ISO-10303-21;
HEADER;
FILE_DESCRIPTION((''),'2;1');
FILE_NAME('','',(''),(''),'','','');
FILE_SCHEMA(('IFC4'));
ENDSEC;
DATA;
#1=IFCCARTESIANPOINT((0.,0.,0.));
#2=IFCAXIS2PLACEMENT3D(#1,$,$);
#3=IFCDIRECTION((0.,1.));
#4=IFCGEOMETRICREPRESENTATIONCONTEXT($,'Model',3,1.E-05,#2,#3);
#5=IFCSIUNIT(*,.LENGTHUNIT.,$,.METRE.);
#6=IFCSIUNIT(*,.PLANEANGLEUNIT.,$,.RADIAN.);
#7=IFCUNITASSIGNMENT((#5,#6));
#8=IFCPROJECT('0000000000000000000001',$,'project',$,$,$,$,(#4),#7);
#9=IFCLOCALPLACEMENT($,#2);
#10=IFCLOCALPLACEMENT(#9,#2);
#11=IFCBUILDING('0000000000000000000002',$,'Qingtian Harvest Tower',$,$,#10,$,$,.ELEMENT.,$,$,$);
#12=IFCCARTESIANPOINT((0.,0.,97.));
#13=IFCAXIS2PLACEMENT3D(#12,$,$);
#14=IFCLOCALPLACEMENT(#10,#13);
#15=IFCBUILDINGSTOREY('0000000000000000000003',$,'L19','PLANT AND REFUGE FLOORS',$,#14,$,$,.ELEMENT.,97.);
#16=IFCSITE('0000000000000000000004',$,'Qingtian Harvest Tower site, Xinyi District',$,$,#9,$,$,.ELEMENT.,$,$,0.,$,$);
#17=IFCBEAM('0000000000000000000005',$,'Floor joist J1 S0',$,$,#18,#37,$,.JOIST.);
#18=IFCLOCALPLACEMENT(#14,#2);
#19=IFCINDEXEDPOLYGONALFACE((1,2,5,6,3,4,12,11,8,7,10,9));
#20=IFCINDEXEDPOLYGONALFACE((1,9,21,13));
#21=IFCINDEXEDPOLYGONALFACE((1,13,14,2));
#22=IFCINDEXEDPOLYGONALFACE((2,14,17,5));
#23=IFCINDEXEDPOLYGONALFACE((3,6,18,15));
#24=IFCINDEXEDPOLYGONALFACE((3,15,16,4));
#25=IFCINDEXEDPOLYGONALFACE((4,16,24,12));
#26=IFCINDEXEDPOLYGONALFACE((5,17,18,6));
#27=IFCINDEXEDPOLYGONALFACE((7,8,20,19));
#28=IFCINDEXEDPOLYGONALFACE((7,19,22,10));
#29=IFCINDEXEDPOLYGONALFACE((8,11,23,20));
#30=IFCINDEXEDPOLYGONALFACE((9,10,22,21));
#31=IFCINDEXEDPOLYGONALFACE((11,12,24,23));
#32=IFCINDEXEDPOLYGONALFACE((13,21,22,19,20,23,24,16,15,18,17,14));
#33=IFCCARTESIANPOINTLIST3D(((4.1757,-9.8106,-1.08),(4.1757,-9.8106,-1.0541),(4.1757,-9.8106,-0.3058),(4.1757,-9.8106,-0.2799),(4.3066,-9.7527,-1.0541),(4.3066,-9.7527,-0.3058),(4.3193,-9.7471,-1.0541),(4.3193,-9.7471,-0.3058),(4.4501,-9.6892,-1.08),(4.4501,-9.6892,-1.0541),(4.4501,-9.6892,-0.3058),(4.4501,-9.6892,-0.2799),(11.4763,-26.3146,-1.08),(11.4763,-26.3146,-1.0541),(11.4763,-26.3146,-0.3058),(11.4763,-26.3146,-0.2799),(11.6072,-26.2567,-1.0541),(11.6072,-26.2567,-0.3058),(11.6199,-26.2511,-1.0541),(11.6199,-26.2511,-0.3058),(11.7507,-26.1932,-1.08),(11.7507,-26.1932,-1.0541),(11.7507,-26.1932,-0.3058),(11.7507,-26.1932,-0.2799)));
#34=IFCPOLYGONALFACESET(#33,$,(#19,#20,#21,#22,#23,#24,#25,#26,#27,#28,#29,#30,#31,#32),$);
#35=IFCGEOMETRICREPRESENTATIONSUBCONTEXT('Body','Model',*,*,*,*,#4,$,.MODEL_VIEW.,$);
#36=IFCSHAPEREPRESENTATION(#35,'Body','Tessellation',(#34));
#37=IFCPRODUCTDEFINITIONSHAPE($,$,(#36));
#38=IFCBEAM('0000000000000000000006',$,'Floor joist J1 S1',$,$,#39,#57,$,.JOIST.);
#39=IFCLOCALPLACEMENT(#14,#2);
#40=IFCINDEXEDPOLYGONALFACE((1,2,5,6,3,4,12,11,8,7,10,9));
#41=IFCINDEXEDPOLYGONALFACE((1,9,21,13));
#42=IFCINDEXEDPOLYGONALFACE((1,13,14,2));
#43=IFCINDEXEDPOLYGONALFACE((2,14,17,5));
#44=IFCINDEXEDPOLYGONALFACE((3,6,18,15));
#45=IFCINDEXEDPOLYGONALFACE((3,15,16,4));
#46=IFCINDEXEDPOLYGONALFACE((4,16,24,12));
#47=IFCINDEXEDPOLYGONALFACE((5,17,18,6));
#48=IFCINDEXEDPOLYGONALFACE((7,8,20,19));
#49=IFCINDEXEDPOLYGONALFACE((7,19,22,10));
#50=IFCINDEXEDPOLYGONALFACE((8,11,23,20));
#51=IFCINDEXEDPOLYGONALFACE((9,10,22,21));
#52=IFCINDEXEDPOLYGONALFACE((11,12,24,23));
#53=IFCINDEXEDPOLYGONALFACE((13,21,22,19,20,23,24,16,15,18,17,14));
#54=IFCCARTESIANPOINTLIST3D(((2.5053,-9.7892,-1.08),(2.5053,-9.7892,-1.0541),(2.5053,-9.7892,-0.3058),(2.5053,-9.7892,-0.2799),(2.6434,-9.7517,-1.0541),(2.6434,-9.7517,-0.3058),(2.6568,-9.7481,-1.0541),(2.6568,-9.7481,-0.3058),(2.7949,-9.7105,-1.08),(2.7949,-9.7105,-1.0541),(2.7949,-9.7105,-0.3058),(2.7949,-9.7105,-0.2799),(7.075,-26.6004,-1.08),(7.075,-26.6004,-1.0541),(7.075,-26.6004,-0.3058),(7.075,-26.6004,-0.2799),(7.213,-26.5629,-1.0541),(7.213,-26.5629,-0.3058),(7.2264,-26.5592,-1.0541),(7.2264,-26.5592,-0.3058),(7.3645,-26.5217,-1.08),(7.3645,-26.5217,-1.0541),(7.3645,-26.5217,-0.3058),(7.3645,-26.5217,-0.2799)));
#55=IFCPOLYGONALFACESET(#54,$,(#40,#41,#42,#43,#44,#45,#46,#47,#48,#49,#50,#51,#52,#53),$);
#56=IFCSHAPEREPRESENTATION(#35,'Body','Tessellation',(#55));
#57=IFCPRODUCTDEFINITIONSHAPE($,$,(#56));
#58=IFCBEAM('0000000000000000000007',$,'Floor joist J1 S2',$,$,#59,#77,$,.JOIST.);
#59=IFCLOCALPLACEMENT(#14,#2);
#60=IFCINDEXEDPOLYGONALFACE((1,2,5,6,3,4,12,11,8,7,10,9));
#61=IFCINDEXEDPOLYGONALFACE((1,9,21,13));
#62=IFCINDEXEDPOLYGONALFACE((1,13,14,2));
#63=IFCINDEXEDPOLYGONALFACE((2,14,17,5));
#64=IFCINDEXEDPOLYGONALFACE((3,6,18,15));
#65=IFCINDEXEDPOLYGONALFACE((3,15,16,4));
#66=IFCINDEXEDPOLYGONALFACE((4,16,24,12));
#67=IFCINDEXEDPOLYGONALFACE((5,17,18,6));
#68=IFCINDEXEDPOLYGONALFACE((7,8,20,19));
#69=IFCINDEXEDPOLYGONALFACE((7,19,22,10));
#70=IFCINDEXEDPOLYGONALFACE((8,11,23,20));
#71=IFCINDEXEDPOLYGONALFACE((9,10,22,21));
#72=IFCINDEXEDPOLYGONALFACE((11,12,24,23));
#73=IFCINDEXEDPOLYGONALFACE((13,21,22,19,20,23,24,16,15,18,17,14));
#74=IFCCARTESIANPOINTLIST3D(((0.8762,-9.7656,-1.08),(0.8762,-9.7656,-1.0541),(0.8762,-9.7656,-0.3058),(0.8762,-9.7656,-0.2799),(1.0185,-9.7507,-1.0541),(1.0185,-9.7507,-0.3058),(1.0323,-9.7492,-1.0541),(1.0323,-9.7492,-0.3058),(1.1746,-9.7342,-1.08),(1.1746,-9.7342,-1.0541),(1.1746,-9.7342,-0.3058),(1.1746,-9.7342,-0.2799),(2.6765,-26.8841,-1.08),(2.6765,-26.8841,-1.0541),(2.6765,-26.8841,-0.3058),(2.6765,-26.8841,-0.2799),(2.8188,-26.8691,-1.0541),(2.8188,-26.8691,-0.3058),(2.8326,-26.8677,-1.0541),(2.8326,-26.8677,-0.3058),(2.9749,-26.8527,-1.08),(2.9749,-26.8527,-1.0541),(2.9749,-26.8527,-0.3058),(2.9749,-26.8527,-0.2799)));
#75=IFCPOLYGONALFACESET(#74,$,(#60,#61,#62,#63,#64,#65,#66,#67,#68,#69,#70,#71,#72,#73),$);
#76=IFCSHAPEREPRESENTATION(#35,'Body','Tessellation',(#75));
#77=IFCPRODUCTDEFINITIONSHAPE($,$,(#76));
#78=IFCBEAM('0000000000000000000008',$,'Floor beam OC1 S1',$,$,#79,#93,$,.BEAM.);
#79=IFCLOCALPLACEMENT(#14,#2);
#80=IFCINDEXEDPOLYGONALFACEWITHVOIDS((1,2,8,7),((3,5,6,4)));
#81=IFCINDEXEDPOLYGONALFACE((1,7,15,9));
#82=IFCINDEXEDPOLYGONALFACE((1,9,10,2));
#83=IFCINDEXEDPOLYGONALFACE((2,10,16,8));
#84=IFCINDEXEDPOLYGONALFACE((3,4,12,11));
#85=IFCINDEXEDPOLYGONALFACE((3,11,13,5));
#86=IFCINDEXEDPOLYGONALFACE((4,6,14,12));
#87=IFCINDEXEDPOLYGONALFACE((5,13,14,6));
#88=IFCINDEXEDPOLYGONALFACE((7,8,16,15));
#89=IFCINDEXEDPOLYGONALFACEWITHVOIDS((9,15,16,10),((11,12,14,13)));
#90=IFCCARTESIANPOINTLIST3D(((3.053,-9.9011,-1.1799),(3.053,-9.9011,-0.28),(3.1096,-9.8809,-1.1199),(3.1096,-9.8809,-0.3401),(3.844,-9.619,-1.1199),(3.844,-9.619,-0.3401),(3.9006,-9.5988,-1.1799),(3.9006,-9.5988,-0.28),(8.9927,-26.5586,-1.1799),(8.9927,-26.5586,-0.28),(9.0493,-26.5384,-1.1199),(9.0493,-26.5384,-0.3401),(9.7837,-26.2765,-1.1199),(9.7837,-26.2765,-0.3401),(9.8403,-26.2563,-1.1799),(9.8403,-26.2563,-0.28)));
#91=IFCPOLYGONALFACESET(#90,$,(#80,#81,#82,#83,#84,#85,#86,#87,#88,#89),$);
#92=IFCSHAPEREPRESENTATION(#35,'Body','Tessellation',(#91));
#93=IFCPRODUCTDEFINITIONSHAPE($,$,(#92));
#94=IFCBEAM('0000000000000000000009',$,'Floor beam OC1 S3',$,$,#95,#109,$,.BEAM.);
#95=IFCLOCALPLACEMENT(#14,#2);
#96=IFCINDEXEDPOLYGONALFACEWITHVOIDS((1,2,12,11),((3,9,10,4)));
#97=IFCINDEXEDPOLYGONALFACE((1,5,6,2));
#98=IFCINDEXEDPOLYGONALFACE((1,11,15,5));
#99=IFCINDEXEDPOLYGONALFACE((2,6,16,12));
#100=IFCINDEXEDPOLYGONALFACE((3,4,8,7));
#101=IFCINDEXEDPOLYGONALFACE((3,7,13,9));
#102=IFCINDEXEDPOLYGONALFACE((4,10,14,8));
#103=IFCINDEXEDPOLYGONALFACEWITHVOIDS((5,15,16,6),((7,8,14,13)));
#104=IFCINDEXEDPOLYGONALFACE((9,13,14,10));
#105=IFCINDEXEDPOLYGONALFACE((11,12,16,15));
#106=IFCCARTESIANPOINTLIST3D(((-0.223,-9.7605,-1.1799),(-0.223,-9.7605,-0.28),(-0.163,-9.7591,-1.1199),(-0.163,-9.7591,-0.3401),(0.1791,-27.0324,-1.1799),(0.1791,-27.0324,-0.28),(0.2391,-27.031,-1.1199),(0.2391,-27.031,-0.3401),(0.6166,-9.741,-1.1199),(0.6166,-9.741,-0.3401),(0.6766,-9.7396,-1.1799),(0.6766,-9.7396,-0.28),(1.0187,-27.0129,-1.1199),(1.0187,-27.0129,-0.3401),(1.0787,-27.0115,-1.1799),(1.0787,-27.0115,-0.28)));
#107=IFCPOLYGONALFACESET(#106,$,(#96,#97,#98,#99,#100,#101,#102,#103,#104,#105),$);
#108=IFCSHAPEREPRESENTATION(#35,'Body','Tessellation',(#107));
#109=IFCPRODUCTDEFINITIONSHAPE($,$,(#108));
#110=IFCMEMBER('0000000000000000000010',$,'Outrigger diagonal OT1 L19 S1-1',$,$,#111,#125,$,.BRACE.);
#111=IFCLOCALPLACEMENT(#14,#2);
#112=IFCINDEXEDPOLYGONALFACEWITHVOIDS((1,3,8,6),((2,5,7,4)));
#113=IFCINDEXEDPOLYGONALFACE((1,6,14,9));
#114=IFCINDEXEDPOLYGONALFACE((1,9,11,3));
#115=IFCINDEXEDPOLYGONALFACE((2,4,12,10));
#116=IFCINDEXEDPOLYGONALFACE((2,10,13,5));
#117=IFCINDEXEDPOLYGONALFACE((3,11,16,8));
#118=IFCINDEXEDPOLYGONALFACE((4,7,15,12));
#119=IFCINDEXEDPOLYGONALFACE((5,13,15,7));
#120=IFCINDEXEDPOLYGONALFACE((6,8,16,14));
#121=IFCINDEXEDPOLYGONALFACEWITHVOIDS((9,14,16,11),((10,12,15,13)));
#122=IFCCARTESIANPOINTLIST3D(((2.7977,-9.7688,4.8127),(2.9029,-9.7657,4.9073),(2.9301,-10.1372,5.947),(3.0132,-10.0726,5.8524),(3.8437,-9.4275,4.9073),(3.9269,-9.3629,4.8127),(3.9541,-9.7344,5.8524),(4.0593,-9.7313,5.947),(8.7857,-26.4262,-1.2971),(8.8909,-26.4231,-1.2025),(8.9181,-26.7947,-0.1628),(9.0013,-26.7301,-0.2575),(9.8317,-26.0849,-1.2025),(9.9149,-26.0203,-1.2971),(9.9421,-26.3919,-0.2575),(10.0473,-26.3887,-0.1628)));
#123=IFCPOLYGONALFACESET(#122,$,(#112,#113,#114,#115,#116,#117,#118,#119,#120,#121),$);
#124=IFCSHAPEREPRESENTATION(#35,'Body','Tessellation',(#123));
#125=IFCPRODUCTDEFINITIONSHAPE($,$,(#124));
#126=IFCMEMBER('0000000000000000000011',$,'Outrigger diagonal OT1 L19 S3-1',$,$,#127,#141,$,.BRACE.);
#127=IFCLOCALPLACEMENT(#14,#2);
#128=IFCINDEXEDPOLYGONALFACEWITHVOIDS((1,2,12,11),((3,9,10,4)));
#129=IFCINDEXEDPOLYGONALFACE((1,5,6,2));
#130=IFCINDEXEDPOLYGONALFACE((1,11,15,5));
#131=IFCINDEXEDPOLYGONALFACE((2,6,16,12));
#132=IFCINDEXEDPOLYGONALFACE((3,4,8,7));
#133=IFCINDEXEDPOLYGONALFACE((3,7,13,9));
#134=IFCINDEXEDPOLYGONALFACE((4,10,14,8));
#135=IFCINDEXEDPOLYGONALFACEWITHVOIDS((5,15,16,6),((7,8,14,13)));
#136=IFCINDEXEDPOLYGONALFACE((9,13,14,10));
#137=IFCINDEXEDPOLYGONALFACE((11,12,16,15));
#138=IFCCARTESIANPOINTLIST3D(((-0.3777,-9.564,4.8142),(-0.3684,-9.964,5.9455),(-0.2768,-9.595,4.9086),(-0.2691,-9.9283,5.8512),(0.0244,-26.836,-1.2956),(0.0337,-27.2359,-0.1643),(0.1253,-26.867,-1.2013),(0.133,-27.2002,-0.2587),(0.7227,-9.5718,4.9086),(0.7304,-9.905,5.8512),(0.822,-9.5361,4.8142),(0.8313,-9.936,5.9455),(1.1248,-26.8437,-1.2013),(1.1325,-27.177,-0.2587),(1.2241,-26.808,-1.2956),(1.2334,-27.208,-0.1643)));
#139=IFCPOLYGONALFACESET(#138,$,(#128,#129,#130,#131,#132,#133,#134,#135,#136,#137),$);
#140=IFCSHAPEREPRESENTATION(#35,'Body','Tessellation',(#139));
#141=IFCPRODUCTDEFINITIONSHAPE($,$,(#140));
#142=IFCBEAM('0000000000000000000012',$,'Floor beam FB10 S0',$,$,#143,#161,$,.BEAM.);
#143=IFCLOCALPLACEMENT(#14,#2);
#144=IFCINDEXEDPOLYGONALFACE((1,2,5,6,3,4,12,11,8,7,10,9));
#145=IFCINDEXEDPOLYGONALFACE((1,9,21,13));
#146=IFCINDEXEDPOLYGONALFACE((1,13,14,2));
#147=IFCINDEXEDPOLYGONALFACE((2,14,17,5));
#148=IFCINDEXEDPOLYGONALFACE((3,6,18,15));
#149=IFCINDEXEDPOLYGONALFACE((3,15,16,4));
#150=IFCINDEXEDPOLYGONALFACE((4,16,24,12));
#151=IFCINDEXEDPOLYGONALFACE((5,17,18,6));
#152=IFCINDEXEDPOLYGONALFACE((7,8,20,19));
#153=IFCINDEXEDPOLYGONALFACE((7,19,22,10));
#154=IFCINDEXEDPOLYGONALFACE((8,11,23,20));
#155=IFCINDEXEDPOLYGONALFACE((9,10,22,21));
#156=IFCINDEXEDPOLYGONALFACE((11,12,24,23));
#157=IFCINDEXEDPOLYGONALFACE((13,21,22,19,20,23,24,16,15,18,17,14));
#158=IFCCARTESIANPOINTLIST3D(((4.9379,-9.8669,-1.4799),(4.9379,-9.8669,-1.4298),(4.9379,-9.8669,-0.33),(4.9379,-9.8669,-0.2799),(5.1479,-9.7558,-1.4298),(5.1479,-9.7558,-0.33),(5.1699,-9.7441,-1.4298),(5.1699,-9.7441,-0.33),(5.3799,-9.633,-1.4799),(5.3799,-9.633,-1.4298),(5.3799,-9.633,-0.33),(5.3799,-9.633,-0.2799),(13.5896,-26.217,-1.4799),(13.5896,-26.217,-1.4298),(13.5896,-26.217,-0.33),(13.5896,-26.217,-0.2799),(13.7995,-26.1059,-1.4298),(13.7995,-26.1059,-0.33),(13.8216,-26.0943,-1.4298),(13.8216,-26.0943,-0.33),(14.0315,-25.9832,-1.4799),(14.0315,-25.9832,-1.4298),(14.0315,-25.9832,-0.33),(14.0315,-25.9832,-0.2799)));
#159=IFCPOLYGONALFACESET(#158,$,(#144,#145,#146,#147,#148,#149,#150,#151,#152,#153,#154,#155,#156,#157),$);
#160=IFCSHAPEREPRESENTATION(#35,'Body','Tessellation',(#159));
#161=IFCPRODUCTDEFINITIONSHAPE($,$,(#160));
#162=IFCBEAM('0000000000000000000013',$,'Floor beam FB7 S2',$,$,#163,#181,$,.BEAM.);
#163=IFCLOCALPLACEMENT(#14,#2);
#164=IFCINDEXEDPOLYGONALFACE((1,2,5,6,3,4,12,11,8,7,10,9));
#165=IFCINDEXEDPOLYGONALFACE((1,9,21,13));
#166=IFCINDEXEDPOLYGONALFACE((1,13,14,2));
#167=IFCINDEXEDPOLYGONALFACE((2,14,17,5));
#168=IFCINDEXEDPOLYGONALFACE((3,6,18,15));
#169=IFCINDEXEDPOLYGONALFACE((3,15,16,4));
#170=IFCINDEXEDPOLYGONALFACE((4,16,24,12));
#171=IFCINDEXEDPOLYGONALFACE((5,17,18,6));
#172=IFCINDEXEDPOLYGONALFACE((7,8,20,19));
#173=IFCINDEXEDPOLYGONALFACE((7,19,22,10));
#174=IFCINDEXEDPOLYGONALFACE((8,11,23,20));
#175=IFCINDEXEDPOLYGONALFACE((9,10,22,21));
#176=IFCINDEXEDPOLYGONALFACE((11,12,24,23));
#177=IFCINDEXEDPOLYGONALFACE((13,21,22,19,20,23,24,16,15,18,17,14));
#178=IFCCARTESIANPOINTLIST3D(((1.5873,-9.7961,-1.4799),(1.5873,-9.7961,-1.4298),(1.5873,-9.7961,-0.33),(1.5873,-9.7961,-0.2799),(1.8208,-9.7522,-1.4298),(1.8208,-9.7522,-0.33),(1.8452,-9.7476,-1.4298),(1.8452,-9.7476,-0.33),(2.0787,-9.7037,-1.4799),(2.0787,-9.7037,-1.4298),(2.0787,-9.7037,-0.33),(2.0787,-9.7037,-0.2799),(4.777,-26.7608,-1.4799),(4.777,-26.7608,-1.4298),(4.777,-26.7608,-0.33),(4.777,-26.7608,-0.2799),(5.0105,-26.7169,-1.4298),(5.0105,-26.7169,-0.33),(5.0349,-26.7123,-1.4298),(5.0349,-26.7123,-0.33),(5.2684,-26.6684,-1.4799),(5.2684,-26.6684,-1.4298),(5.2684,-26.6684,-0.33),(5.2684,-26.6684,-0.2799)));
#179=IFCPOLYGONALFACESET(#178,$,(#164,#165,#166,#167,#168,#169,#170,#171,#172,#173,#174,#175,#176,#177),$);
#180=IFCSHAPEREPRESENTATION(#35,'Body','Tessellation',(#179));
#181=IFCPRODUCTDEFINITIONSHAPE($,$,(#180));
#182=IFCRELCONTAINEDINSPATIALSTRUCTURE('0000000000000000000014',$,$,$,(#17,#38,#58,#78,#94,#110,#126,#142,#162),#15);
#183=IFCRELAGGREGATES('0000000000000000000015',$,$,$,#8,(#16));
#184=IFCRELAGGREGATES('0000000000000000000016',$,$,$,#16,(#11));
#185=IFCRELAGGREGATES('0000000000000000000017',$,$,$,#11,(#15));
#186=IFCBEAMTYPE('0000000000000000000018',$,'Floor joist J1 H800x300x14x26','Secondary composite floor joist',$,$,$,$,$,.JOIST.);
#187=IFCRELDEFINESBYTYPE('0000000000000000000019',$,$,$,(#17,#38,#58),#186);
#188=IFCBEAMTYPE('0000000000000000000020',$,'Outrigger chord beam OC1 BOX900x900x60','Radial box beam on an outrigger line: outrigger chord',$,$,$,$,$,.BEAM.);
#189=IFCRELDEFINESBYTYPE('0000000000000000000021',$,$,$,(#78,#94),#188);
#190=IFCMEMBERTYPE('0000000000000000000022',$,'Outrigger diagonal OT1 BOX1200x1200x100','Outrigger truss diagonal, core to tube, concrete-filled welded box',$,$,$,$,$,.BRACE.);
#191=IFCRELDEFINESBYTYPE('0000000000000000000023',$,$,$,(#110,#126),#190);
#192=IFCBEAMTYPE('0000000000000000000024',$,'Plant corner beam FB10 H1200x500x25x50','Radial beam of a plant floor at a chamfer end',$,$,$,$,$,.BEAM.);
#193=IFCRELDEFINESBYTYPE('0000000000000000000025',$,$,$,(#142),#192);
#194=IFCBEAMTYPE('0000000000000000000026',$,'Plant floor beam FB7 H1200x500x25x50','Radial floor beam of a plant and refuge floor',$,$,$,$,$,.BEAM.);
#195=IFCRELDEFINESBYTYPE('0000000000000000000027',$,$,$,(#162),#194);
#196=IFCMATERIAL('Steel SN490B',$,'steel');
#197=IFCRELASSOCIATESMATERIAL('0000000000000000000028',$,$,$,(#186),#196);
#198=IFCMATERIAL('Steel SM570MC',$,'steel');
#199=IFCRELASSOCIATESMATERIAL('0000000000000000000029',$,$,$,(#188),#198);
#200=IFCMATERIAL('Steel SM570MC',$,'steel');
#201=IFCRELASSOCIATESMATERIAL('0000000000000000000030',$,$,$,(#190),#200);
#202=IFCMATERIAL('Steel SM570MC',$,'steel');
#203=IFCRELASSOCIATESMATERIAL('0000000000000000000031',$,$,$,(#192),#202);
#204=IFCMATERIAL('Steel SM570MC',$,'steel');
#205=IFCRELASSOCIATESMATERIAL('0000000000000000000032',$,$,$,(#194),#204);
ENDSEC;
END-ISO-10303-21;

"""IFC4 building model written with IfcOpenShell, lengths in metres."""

from ifc_helpers import new_model, si_unit, direction, frame, origin, origin_2d, place, context, subcontext, project, spatial, hollow_rectangle, i_section, extrude, material, material_profile, profile_set, type_object, element, save


model = new_model("IFC4")

# Units and contexts
model_context = context("Model", 3, precision=1e-05, world=origin(), true_north=direction((0.0, 1.0)))
body_context = subcontext(model_context, "Body", "Model", "MODEL_VIEW")
ifc_project = project(units=[si_unit("LENGTHUNIT", "METRE"), si_unit("PLANEANGLEUNIT", "RADIAN")], contexts=[model_context])

# Site, building, storey
site_placement = place(None, origin())
site = spatial("IfcSite", under=ifc_project, at=site_placement, Name="Qingtian Harvest Tower site, Xinyi District", CompositionType="ELEMENT", RefElevation=0.0)
building_placement = place(site_placement, origin())
building = spatial("IfcBuilding", under=site, at=building_placement, Name="Qingtian Harvest Tower", CompositionType="ELEMENT")
storey_placement = place(building_placement, frame((0.0, 0.0, 97.0)))
storey = spatial("IfcBuildingStorey", under=building, at=storey_placement, Name="L19", Description="PLANT AND REFUGE FLOORS", CompositionType="ELEMENT", Elevation=97.0)

# Beams
ifc_material_1 = material(Name="Steel SN490B", Category="steel")
ifc_material_profile_1 = material_profile(ifc_material_1, i_section(OverallWidth=0.3, OverallDepth=0.8, WebThickness=0.0139, FlangeThickness=0.0259, at=origin_2d()), Name="H800x300x14x26")
ifc_profile_set_1 = profile_set([ifc_material_profile_1], Name="Steel SN490B")
beam_type_1 = type_object("IfcBeamType", Name="Floor joist J1 H800x300x14x26", Description="Secondary composite floor joist", PredefinedType="JOIST", material=ifc_profile_set_1)
beam_1_placement = place(storey_placement, frame((11.6135, -26.2539, -0.6799), z_axis=(-0.40454, 0.91452, 0.0), x_axis=(-0.91452, -0.40454, 0.0)))
element("IfcBeam", 1, at=beam_1_placement, inside=storey, type_object=beam_type_1, Name="Floor joist J1 S0", PredefinedType="JOIST", context=body_context, shape_type="SweptSolid", body=[
    extrude(i_section(OverallWidth=0.3, OverallDepth=0.8, WebThickness=0.0139, FlangeThickness=0.0259, at=origin_2d()), origin(), (0.0, 0.0, 1.0), 18.0466),
])
beam_2_placement = place(storey_placement, frame((7.2197, -26.561, -0.6799), z_axis=(-0.262303, 0.964986, 0.0), x_axis=(-0.964986, -0.262303, 0.0)))
element("IfcBeam", 2, at=beam_2_placement, inside=storey, type_object=beam_type_1, Name="Floor joist J1 S1", PredefinedType="JOIST", context=body_context, shape_type="SweptSolid", body=[
    extrude(i_section(OverallWidth=0.3, OverallDepth=0.8, WebThickness=0.0139, FlangeThickness=0.0259, at=origin_2d()), origin(), (0.0, 0.0, 1.0), 17.4211),
])
beam_3_placement = place(storey_placement, frame((2.8257, -26.8684, -0.6799), z_axis=(-0.10459, 0.994515, 0.0), x_axis=(-0.994515, -0.10459, 0.0)))
element("IfcBeam", 3, at=beam_3_placement, inside=storey, type_object=beam_type_1, Name="Floor joist J1 S2", PredefinedType="JOIST", context=body_context, shape_type="SweptSolid", body=[
    extrude(i_section(OverallWidth=0.3, OverallDepth=0.8, WebThickness=0.0139, FlangeThickness=0.0259, at=origin_2d()), origin(), (0.0, 0.0, 1.0), 17.2129),
])
ifc_material_2 = material(Name="Steel SM570MC", Category="steel")
ifc_material_profile_2 = material_profile(ifc_material_2, hollow_rectangle(XDim=0.8999, YDim=0.8999, WallThickness=0.0601, at=origin_2d()), Name="BOX900x900x60")
ifc_profile_set_2 = profile_set([ifc_material_profile_2], Name="Steel SM570MC")
beam_type_2 = type_object("IfcBeamType", Name="Outrigger chord beam OC1 BOX900x900x60", Description="Radial box beam on an outrigger line: outrigger chord", PredefinedType="BEAM", material=ifc_profile_set_2)
beam_4_placement = place(storey_placement, frame((9.4165, -26.4075, -0.73), z_axis=(-0.335865, 0.94191, 0.0), x_axis=(-0.94191, -0.335865, 0.0)))
element("IfcBeam", 4, at=beam_4_placement, inside=storey, type_object=beam_type_2, Name="Floor beam OC1 S1", PredefinedType="BEAM", context=body_context, shape_type="SweptSolid", body=[
    extrude(hollow_rectangle(XDim=0.8999, YDim=0.8999, WallThickness=0.0601, at=origin_2d()), origin(), (0.0, 0.0, 1.0), 17.6848),
])
beam_5_placement = place(storey_placement, frame((0.6289, -27.022, -0.73), z_axis=(-0.023274, 0.999729, 0.0), x_axis=(-0.999729, -0.023274, 0.0)))
element("IfcBeam", 5, at=beam_5_placement, inside=storey, type_object=beam_type_2, Name="Floor beam OC1 S3", PredefinedType="BEAM", context=body_context, shape_type="SweptSolid", body=[
    extrude(hollow_rectangle(XDim=0.8999, YDim=0.8999, WallThickness=0.0601, at=origin_2d()), origin(), (0.0, 0.0, 1.0), 17.2766),
])

# Members
ifc_material_3 = material(Name="Steel SM570MC", Category="steel")
ifc_material_profile_3 = material_profile(ifc_material_3, hollow_rectangle(XDim=1.2, YDim=1.2, WallThickness=0.1001, at=origin_2d()), Name="BOX1200x1200x100")
ifc_profile_set_3 = profile_set([ifc_material_profile_3], Name="Steel SM570MC")
member_type_1 = type_object("IfcMemberType", Name="Outrigger diagonal OT1 BOX1200x1200x100", Description="Outrigger truss diagonal, core to tube, concrete-filled welded box", PredefinedType="BRACE", material=ifc_profile_set_3)
member_1_placement = place(storey_placement, frame((9.4165, -26.4075, -0.73), z_axis=(-0.319773, 0.889543, 0.326279), x_axis=(-0.941043, -0.338287, 0.0)))
element("IfcMember", 6, at=member_1_placement, inside=storey, type_object=member_type_1, Name="Outrigger diagonal OT1 L19 S1-1", PredefinedType="BRACE", context=body_context, shape_type="SweptSolid", body=[
    extrude(hollow_rectangle(XDim=1.2, YDim=1.2, WallThickness=0.1001, at=origin_2d()), origin(), (0.0, 0.0, 1.0), 18.7258),
])
member_2_placement = place(storey_placement, frame((0.6289, -27.022, -0.73), z_axis=(-0.021942, 0.942525, 0.333413), x_axis=(-0.999729, -0.023274, 0.0)))
element("IfcMember", 7, at=member_2_placement, inside=storey, type_object=member_type_1, Name="Outrigger diagonal OT1 L19 S3-1", PredefinedType="BRACE", context=body_context, shape_type="SweptSolid", body=[
    extrude(hollow_rectangle(XDim=1.2, YDim=1.2, WallThickness=0.1001, at=origin_2d()), origin(), (0.0, 0.0, 1.0), 18.3252),
])

# Beams
ifc_material_4 = material(Name="Steel SM570MC", Category="steel")
ifc_material_profile_4 = material_profile(ifc_material_4, i_section(OverallWidth=0.5, OverallDepth=1.2, WebThickness=0.0249, FlangeThickness=0.05, at=origin_2d()), Name="H1200x500x25x50")
ifc_profile_set_4 = profile_set([ifc_material_profile_4], Name="Steel SM570MC")
beam_type_3 = type_object("IfcBeamType", Name="Plant corner beam FB10 H1200x500x25x50", Description="Radial beam of a plant floor at a chamfer end", PredefinedType="BEAM", material=ifc_profile_set_4)
beam_6_placement = place(storey_placement, frame((13.8105, -26.1001, -0.8799), z_axis=(-0.467705, 0.883885, 0.0), x_axis=(-0.883885, -0.467705, 0.0)))
element("IfcBeam", 8, at=beam_6_placement, inside=storey, type_object=beam_type_3, Name="Floor beam FB10 S0", PredefinedType="BEAM", context=body_context, shape_type="SweptSolid", body=[
    extrude(i_section(OverallWidth=0.5, OverallDepth=1.2, WebThickness=0.0249, FlangeThickness=0.05, at=origin_2d()), origin(), (0.0, 0.0, 1.0), 18.498),
])
ifc_material_5 = material(Name="Steel SM570MC", Category="steel")
ifc_material_profile_5 = material_profile(ifc_material_5, i_section(OverallWidth=0.5, OverallDepth=1.2, WebThickness=0.0249, FlangeThickness=0.05, at=origin_2d()), Name="H1200x500x25x50")
ifc_profile_set_5 = profile_set([ifc_material_profile_5], Name="Steel SM570MC")
beam_type_4 = type_object("IfcBeamType", Name="Plant floor beam FB7 H1200x500x25x50", Description="Radial floor beam of a plant and refuge floor", PredefinedType="BEAM", material=ifc_profile_set_5)
beam_7_placement = place(storey_placement, frame((5.0227, -26.7146, -0.8799), z_axis=(-0.184783, 0.982779, 0.0), x_axis=(-0.982779, -0.184783, 0.0)))
element("IfcBeam", 9, at=beam_7_placement, inside=storey, type_object=beam_type_4, Name="Floor beam FB7 S2", PredefinedType="BEAM", context=body_context, shape_type="SweptSolid", body=[
    extrude(i_section(OverallWidth=0.5, OverallDepth=1.2, WebThickness=0.0249, FlangeThickness=0.05, at=origin_2d()), origin(), (0.0, 0.0, 1.0), 17.262),
])

save(model, "model.ifc")
